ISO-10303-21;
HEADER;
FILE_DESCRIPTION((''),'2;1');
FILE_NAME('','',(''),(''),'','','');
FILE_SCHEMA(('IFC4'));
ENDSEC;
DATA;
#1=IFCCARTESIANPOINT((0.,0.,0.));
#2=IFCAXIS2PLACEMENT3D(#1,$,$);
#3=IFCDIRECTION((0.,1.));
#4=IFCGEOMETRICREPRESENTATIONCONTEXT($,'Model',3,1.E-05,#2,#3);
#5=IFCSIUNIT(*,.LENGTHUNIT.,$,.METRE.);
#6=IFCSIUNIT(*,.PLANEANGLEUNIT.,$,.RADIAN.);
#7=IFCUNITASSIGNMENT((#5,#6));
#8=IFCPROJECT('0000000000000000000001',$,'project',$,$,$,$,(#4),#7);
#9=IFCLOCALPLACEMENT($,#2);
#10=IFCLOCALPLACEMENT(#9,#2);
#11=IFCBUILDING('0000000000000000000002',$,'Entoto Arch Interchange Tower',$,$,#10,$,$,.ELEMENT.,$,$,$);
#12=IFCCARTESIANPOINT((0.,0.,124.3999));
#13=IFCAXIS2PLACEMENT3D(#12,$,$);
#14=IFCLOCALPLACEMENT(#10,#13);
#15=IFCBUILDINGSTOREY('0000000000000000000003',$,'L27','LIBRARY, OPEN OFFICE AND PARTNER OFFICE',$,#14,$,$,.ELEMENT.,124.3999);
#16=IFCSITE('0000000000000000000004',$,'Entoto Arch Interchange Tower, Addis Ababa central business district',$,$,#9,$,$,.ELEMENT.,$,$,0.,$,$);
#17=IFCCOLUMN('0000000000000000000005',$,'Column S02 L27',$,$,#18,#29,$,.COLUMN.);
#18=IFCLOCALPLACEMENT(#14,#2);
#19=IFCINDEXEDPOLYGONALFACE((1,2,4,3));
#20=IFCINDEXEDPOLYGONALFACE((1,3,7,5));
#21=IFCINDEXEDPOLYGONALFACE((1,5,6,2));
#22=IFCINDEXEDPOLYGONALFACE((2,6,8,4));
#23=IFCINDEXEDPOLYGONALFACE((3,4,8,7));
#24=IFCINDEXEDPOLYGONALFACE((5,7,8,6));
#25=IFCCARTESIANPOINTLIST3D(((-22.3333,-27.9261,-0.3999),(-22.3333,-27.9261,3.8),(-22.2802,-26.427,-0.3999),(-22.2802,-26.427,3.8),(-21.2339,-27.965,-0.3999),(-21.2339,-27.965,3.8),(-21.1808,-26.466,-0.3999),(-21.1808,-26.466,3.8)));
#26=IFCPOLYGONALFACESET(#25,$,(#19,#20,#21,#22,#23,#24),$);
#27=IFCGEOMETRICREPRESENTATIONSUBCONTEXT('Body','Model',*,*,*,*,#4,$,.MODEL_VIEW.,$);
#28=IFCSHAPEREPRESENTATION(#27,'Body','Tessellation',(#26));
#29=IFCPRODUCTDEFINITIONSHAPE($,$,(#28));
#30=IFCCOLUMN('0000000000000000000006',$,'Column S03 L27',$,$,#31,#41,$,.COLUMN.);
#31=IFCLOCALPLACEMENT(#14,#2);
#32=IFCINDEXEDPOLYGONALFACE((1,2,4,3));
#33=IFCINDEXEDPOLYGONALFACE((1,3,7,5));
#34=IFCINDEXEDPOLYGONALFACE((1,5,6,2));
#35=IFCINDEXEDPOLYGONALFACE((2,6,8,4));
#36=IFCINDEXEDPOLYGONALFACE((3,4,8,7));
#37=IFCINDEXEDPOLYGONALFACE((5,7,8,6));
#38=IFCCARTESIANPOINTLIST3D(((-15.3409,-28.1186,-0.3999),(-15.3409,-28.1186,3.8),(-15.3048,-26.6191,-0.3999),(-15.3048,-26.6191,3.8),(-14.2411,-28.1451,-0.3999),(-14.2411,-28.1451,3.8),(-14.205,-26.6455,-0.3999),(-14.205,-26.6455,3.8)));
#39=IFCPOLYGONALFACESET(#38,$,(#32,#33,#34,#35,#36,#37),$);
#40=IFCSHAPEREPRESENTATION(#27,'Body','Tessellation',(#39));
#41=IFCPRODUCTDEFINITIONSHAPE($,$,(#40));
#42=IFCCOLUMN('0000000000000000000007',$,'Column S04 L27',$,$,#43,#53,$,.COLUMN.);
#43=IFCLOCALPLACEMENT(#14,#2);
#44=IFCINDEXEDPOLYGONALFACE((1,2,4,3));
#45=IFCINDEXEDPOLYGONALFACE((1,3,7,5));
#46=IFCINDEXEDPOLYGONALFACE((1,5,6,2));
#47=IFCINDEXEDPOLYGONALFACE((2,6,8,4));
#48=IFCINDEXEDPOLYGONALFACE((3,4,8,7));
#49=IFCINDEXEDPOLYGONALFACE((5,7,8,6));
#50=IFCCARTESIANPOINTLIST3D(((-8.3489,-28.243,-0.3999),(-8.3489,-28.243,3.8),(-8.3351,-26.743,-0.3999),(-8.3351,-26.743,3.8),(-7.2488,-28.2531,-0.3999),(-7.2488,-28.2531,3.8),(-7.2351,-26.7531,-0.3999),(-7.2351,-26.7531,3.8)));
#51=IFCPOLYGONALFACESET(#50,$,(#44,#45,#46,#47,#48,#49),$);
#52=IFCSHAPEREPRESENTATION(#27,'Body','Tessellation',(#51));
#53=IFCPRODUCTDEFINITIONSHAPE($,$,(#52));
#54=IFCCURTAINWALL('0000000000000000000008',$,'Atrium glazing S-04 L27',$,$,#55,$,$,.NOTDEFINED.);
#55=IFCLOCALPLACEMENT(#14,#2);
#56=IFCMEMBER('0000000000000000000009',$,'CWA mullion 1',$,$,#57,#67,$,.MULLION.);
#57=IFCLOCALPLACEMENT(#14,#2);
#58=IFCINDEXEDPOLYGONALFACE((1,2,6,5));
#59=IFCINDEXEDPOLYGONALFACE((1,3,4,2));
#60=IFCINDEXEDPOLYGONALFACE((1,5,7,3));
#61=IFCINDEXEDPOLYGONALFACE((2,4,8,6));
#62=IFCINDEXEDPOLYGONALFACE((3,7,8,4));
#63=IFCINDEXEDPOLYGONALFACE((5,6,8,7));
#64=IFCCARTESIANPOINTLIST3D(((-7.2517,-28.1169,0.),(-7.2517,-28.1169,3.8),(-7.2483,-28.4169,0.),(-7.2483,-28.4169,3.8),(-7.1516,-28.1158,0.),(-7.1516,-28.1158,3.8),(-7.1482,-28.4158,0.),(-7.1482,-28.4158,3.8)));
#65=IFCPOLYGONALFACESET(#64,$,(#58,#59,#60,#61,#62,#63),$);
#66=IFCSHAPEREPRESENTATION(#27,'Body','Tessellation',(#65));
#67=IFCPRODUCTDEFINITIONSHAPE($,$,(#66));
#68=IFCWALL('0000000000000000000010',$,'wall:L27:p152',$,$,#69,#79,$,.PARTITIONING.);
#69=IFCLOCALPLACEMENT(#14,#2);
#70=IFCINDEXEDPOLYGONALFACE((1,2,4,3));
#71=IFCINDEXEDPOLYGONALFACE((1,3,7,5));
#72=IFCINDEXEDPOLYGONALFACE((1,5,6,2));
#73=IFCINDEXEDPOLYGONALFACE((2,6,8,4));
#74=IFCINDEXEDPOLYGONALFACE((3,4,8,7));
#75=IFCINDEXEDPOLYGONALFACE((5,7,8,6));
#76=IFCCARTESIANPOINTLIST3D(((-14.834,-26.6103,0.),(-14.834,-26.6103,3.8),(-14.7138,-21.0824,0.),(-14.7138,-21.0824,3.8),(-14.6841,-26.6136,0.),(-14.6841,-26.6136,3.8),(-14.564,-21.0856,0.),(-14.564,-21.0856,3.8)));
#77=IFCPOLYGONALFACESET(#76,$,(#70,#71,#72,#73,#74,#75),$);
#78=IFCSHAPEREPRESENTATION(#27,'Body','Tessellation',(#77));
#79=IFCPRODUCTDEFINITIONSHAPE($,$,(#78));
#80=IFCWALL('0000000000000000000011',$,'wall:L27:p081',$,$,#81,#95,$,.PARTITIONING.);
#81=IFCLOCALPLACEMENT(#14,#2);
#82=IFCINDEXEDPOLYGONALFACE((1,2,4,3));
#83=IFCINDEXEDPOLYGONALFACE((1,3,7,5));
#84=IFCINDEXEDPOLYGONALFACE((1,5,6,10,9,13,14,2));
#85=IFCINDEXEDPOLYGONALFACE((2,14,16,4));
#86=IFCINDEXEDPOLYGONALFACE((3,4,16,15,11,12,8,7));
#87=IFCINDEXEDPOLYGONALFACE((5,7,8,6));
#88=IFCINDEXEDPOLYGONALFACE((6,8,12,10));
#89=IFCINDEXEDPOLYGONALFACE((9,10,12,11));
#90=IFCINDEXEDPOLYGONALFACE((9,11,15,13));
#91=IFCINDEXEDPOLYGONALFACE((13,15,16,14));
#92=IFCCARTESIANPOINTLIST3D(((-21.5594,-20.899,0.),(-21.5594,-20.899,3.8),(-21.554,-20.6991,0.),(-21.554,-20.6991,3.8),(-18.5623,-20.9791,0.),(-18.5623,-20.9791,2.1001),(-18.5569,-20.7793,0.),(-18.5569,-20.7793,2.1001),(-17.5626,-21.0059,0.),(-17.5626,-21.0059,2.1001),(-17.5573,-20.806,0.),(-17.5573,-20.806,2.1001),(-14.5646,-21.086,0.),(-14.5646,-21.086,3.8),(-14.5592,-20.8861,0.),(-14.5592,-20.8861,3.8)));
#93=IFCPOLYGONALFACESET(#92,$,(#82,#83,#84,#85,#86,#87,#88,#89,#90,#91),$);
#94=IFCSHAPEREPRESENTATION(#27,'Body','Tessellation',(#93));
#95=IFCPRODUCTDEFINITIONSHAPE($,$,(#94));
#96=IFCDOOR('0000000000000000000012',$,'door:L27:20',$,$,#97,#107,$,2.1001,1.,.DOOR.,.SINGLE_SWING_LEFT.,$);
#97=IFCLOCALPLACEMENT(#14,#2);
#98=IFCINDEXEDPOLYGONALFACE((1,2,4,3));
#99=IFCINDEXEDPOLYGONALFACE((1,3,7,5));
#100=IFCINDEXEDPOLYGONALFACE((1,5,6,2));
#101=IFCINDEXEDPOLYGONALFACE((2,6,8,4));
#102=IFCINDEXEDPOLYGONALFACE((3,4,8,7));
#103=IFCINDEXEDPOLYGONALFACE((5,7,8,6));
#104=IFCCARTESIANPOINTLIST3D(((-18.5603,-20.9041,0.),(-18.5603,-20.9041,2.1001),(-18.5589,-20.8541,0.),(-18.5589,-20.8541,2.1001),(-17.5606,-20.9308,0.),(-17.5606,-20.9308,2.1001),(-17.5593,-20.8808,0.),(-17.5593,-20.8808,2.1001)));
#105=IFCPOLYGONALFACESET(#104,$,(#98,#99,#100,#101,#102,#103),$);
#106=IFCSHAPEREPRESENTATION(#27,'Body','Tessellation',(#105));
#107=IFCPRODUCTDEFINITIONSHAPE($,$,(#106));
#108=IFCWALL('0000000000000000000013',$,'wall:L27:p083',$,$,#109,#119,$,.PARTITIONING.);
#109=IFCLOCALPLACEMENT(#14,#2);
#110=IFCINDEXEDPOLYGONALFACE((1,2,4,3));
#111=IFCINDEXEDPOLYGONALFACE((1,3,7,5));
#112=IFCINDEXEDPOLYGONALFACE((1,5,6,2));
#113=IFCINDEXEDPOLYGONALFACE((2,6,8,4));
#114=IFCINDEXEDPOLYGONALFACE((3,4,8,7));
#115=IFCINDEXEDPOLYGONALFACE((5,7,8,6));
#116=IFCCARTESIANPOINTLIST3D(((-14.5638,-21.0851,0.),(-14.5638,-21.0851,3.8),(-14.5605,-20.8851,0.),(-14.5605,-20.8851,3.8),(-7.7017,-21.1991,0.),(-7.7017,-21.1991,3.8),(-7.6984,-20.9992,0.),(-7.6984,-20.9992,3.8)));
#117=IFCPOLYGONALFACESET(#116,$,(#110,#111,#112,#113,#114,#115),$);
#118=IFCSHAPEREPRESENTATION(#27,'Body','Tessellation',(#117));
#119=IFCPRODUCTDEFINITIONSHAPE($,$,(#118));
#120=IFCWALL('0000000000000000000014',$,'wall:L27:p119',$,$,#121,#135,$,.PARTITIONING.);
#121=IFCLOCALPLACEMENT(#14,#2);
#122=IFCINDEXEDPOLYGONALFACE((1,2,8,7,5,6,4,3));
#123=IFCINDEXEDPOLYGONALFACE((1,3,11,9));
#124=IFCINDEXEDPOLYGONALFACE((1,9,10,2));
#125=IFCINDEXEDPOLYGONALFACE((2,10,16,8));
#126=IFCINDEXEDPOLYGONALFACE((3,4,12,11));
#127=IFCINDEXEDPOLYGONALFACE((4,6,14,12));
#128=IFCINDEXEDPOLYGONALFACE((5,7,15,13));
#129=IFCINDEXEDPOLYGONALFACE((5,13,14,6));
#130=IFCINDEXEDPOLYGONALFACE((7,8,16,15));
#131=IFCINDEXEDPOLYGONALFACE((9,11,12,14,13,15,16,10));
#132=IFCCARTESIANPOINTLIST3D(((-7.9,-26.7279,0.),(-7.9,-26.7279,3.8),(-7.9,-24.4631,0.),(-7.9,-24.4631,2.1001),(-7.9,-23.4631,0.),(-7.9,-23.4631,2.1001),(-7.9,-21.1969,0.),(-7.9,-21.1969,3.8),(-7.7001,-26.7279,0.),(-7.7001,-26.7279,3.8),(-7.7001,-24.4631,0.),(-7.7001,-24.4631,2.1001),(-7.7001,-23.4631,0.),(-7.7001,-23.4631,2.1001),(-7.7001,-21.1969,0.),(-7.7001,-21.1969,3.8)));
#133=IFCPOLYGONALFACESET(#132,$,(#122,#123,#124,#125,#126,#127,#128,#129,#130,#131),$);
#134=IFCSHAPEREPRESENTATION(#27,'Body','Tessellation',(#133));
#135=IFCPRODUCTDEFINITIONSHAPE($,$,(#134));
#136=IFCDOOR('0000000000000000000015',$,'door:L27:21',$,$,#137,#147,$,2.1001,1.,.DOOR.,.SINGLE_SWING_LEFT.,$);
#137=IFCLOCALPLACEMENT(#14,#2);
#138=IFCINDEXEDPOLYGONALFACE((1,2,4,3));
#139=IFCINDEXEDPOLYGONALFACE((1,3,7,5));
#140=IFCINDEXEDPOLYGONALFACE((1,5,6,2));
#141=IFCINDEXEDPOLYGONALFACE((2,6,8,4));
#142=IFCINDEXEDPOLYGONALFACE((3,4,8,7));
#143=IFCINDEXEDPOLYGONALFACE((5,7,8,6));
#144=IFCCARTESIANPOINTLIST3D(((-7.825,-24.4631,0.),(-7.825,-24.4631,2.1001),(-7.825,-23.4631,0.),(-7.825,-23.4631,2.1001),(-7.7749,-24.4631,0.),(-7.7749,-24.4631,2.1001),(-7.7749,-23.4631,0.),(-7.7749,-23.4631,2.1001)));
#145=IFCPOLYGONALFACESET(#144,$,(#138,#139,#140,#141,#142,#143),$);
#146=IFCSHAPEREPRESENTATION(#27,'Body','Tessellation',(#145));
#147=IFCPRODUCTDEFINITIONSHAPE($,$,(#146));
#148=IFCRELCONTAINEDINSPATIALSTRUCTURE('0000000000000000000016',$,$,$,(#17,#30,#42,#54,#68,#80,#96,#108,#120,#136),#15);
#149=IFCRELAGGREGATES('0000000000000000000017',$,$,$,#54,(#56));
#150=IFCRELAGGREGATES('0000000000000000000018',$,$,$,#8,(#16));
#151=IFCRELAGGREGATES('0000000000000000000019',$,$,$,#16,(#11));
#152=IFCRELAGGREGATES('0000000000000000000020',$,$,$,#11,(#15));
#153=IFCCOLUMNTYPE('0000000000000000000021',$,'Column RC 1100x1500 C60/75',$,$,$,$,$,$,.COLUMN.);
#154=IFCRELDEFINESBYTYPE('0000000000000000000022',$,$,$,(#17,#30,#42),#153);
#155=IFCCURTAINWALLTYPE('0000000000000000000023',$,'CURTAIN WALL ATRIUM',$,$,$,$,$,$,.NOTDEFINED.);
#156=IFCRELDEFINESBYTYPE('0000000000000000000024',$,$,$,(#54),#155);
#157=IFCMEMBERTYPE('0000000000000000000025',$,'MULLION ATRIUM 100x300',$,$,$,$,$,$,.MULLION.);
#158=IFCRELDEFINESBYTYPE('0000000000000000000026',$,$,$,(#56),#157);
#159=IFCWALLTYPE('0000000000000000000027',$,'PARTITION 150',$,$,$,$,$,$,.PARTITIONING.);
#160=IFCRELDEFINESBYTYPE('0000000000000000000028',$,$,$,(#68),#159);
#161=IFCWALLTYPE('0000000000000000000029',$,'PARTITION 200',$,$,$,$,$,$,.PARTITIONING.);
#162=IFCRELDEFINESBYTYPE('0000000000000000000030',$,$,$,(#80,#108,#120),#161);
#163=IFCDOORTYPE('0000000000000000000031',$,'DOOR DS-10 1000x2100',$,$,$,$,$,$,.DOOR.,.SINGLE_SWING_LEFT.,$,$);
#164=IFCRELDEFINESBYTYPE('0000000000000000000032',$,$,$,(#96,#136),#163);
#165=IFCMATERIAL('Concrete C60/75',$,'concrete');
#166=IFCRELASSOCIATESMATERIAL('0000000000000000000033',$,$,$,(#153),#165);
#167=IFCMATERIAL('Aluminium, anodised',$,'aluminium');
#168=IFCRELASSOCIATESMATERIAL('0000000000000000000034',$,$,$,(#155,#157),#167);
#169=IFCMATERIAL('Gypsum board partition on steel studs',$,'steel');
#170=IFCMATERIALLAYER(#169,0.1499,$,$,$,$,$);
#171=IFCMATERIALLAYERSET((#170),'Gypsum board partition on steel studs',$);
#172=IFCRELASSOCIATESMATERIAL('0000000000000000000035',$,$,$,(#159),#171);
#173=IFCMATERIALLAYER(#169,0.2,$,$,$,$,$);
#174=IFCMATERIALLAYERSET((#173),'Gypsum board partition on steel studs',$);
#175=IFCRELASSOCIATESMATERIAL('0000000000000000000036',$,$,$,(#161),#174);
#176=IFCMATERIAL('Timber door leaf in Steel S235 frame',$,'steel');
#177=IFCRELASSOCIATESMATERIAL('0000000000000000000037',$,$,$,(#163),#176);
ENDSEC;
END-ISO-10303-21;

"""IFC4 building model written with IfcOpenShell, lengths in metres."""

from ifc_helpers import new_model, si_unit, direction, frame, frame_2d, origin, origin_2d, place, context, subcontext, project, spatial, rectangle, extrude, material, layer, layer_set, material_profile, profile_set, type_object, element, fill, aggregate, save


model = new_model("IFC4")

# Units and contexts
model_context = context("Model", 3, precision=1e-05, world=origin(), true_north=direction((0.0, 1.0)))
body_context = subcontext(model_context, "Body", "Model", "MODEL_VIEW")
ifc_project = project(units=[si_unit("LENGTHUNIT", "METRE"), si_unit("PLANEANGLEUNIT", "RADIAN")], contexts=[model_context])

# Site, building, storey
site_placement = place(None, origin())
site = spatial("IfcSite", under=ifc_project, at=site_placement, Name="Entoto Arch Interchange Tower, Addis Ababa central business district", CompositionType="ELEMENT", RefElevation=0.0)
building_placement = place(site_placement, origin())
building = spatial("IfcBuilding", under=site, at=building_placement, Name="Entoto Arch Interchange Tower", CompositionType="ELEMENT")
storey_placement = place(building_placement, frame((0.0, 0.0, 124.3999)))
storey = spatial("IfcBuildingStorey", under=building, at=storey_placement, Name="L27", Description="LIBRARY, OPEN OFFICE AND PARTNER OFFICE", CompositionType="ELEMENT", Elevation=124.3999)

# Columns
ifc_material_1 = material(Name="Concrete C60/75", Category="concrete")
ifc_material_profile_1 = material_profile(ifc_material_1, rectangle(XDim=1.1001, YDim=1.5, at=origin_2d()))
ifc_profile_set_1 = profile_set([ifc_material_profile_1], Name="Concrete C60/75")
column_type = type_object("IfcColumnType", Name="Column RC 1100x1500 C60/75", PredefinedType="COLUMN", material=ifc_profile_set_1)
for number, where, z_axis, x_axis, name in (
    (1, (-21.7571, -27.196, -0.3999), (0.0, 0.0, 1.0), (-0.999374, 0.035388, 0.0), "Column S02 L27"),
    (2, (-14.7729, -27.3821, -0.3999), (0.0, 0.0, 1.0), (-0.999711, 0.024031, 0.0), "Column S03 L27"),
    (3, (-7.792, -27.498, -0.3999), (0.0, 0.0, 1.0), (-0.999958, 0.009163, 0.0), "Column S04 L27"),
):
    element("IfcColumn", number, at=place(storey_placement, frame(where, z_axis=z_axis, x_axis=x_axis)), inside=storey, type_object=column_type, Name=name, PredefinedType="COLUMN", context=body_context, shape_type="SweptSolid", body=[
        extrude(rectangle(XDim=1.1001, YDim=1.5, at=origin_2d()), origin(), (0.0, 0.0, 1.0), 4.2),
    ])

# Curtain wall, member
ifc_material_2 = material(Name="Aluminium, anodised", Category="aluminium")
curtain_wall_type = type_object("IfcCurtainWallType", Name="CURTAIN WALL ATRIUM", PredefinedType="NOTDEFINED", material=ifc_material_2)
curtain_wall_placement = place(storey_placement, origin())
curtain_wall = element("IfcCurtainWall", 4, at=curtain_wall_placement, inside=storey, type_object=curtain_wall_type, Name="Atrium glazing S-04 L27", PredefinedType="NOTDEFINED")
ifc_material_profile_2 = material_profile(ifc_material_2, rectangle(XDim=0.3, YDim=0.1001, at=origin_2d()))
ifc_profile_set_2 = profile_set([ifc_material_profile_2], Name="Aluminium, anodised")
member_type = type_object("IfcMemberType", Name="MULLION ATRIUM 100x300", PredefinedType="MULLION", material=ifc_profile_set_2)
member_placement = place(storey_placement, frame((-7.2, -28.2664, 0.0), z_axis=(0.0, 0.0, 1.0), x_axis=(-0.011103, 0.999938, 0.0)))
member = element("IfcMember", 5, at=member_placement, type_object=member_type, Name="CWA mullion 1", PredefinedType="MULLION", context=body_context, shape_type="SweptSolid", body=[
    extrude(rectangle(XDim=0.3, YDim=0.1001, at=origin_2d()), origin(), (0.0, 0.0, 1.0), 3.8),
])
aggregate(curtain_wall, [member])

# Wall
ifc_material_3 = material(Name="Gypsum board partition on steel studs", Category="steel")
ifc_layer_1 = layer(ifc_material_3, 0.1499)
ifc_layer_set_1 = layer_set([ifc_layer_1], Name="Gypsum board partition on steel studs")
wall_type_1 = type_object("IfcWallType", Name="PARTITION 150", PredefinedType="PARTITIONING", material=ifc_layer_set_1)
wall_1_placement = place(storey_placement, frame((-14.6389, -21.084, 0.0), z_axis=(0.0, 0.0, 1.0), x_axis=(-0.021723, -0.999764, 0.0)))
element("IfcWall", 6, at=wall_1_placement, inside=storey, type_object=wall_type_1, Name="wall:L27:p152", PredefinedType="PARTITIONING", context=body_context, shape_type="SweptSolid", body=[
    extrude(rectangle(XDim=5.5293, YDim=0.1499, at=frame_2d((2.7646, 0.0))), origin(), (0.0, 0.0, 1.0), 3.8),
])

# Wall, opening, door
ifc_layer_2 = layer(ifc_material_3, 0.2)
ifc_layer_set_2 = layer_set([ifc_layer_2], Name="Gypsum board partition on steel studs")
wall_type_2 = type_object("IfcWallType", Name="PARTITION 200", PredefinedType="PARTITIONING", material=ifc_layer_set_2)
wall_2_placement = place(storey_placement, frame((-14.562, -20.9861, 0.0), z_axis=(0.0, 0.0, 1.0), x_axis=(-0.999643, 0.026726, 0.0)))
wall_2 = element("IfcWall", 7, at=wall_2_placement, inside=storey, type_object=wall_type_2, Name="wall:L27:p081", PredefinedType="PARTITIONING", context=body_context, shape_type="SweptSolid", body=[
    extrude(rectangle(XDim=6.9973, YDim=0.2, at=frame_2d((3.4985, 0.0))), origin(), (0.0, 0.0, 1.0), 3.8),
])
opening_1_placement = place(wall_2_placement, frame((2.999, 0.0, 0.0)))
opening_1 = element("IfcOpeningElement", 8, at=opening_1_placement, cuts=wall_2, PredefinedType="OPENING", context=body_context, shape_type="SweptSolid", body=[
    extrude(rectangle(XDim=1.0, YDim=2.1001, at=frame_2d((0.5, 1.05))), frame((0.0, 0.1099, 0.0), z_axis=(0.0, -1.0, 0.0), x_axis=(1.0, 0.0, 0.0)), (0.0, 0.0, 1.0), 0.22),
])
ifc_material_4 = material(Name="Timber door leaf in Steel S235 frame", Category="steel")
door_type = type_object("IfcDoorType", Name="DOOR DS-10 1000x2100", OperationType="SINGLE_SWING_LEFT", PredefinedType="DOOR", material=ifc_material_4)
door_1_placement = place(opening_1_placement, origin())
door_1 = element("IfcDoor", 9, at=door_1_placement, inside=storey, type_object=door_type, Name="door:L27:20", OperationType="SINGLE_SWING_LEFT", OverallHeight=2.1001, OverallWidth=1.0, PredefinedType="DOOR", context=body_context, shape_type="SweptSolid", body=[
    extrude(rectangle(XDim=1.0, YDim=2.1001, at=frame_2d((0.5, 1.05))), frame((0.0, 0.0249, 0.0), z_axis=(0.0, -1.0, 0.0), x_axis=(1.0, 0.0, 0.0)), (0.0, 0.0, 1.0), 0.05),
])
fill(opening_1, door_1)

# Wall
wall_3_placement = place(storey_placement, frame((-7.7, -21.0991, 0.0), z_axis=(0.0, 0.0, 1.0), x_axis=(-0.999862, 0.016613, 0.0)))
element("IfcWall", 10, at=wall_3_placement, inside=storey, type_object=wall_type_2, Name="wall:L27:p083", PredefinedType="PARTITIONING", context=body_context, shape_type="SweptSolid", body=[
    extrude(rectangle(XDim=6.863, YDim=0.2, at=frame_2d((3.4316, 0.0))), origin(), (0.0, 0.0, 1.0), 3.8),
])

# Wall, opening, door
wall_4_placement = place(storey_placement, frame((-7.8, -26.728, 0.0), z_axis=(0.0, 0.0, 1.0), x_axis=(0.0, 1.0, 0.0)))
wall_4 = element("IfcWall", 11, at=wall_4_placement, inside=storey, type_object=wall_type_2, Name="wall:L27:p119", PredefinedType="PARTITIONING", context=body_context, shape_type="SweptSolid", body=[
    extrude(rectangle(XDim=5.531, YDim=0.2, at=frame_2d((2.7656, 0.0))), origin(), (0.0, 0.0, 1.0), 3.8),
])
opening_2_placement = place(wall_4_placement, frame((2.2649, 0.0, 0.0)))
opening_2 = element("IfcOpeningElement", 12, at=opening_2_placement, cuts=wall_4, PredefinedType="OPENING", context=body_context, shape_type="SweptSolid", body=[
    extrude(rectangle(XDim=1.0, YDim=2.1001, at=frame_2d((0.5, 1.05))), frame((0.0, 0.1099, 0.0), z_axis=(0.0, -1.0, 0.0), x_axis=(1.0, 0.0, 0.0)), (0.0, 0.0, 1.0), 0.22),
])
door_2_placement = place(opening_2_placement, origin())
door_2 = element("IfcDoor", 13, at=door_2_placement, inside=storey, type_object=door_type, Name="door:L27:21", OperationType="SINGLE_SWING_LEFT", OverallHeight=2.1001, OverallWidth=1.0, PredefinedType="DOOR", context=body_context, shape_type="SweptSolid", body=[
    extrude(rectangle(XDim=1.0, YDim=2.1001, at=frame_2d((0.5, 1.05))), frame((0.0, 0.0249, 0.0), z_axis=(0.0, -1.0, 0.0), x_axis=(1.0, 0.0, 0.0)), (0.0, 0.0, 1.0), 0.05),
])
fill(opening_2, door_2)

save(model, "model.ifc")
